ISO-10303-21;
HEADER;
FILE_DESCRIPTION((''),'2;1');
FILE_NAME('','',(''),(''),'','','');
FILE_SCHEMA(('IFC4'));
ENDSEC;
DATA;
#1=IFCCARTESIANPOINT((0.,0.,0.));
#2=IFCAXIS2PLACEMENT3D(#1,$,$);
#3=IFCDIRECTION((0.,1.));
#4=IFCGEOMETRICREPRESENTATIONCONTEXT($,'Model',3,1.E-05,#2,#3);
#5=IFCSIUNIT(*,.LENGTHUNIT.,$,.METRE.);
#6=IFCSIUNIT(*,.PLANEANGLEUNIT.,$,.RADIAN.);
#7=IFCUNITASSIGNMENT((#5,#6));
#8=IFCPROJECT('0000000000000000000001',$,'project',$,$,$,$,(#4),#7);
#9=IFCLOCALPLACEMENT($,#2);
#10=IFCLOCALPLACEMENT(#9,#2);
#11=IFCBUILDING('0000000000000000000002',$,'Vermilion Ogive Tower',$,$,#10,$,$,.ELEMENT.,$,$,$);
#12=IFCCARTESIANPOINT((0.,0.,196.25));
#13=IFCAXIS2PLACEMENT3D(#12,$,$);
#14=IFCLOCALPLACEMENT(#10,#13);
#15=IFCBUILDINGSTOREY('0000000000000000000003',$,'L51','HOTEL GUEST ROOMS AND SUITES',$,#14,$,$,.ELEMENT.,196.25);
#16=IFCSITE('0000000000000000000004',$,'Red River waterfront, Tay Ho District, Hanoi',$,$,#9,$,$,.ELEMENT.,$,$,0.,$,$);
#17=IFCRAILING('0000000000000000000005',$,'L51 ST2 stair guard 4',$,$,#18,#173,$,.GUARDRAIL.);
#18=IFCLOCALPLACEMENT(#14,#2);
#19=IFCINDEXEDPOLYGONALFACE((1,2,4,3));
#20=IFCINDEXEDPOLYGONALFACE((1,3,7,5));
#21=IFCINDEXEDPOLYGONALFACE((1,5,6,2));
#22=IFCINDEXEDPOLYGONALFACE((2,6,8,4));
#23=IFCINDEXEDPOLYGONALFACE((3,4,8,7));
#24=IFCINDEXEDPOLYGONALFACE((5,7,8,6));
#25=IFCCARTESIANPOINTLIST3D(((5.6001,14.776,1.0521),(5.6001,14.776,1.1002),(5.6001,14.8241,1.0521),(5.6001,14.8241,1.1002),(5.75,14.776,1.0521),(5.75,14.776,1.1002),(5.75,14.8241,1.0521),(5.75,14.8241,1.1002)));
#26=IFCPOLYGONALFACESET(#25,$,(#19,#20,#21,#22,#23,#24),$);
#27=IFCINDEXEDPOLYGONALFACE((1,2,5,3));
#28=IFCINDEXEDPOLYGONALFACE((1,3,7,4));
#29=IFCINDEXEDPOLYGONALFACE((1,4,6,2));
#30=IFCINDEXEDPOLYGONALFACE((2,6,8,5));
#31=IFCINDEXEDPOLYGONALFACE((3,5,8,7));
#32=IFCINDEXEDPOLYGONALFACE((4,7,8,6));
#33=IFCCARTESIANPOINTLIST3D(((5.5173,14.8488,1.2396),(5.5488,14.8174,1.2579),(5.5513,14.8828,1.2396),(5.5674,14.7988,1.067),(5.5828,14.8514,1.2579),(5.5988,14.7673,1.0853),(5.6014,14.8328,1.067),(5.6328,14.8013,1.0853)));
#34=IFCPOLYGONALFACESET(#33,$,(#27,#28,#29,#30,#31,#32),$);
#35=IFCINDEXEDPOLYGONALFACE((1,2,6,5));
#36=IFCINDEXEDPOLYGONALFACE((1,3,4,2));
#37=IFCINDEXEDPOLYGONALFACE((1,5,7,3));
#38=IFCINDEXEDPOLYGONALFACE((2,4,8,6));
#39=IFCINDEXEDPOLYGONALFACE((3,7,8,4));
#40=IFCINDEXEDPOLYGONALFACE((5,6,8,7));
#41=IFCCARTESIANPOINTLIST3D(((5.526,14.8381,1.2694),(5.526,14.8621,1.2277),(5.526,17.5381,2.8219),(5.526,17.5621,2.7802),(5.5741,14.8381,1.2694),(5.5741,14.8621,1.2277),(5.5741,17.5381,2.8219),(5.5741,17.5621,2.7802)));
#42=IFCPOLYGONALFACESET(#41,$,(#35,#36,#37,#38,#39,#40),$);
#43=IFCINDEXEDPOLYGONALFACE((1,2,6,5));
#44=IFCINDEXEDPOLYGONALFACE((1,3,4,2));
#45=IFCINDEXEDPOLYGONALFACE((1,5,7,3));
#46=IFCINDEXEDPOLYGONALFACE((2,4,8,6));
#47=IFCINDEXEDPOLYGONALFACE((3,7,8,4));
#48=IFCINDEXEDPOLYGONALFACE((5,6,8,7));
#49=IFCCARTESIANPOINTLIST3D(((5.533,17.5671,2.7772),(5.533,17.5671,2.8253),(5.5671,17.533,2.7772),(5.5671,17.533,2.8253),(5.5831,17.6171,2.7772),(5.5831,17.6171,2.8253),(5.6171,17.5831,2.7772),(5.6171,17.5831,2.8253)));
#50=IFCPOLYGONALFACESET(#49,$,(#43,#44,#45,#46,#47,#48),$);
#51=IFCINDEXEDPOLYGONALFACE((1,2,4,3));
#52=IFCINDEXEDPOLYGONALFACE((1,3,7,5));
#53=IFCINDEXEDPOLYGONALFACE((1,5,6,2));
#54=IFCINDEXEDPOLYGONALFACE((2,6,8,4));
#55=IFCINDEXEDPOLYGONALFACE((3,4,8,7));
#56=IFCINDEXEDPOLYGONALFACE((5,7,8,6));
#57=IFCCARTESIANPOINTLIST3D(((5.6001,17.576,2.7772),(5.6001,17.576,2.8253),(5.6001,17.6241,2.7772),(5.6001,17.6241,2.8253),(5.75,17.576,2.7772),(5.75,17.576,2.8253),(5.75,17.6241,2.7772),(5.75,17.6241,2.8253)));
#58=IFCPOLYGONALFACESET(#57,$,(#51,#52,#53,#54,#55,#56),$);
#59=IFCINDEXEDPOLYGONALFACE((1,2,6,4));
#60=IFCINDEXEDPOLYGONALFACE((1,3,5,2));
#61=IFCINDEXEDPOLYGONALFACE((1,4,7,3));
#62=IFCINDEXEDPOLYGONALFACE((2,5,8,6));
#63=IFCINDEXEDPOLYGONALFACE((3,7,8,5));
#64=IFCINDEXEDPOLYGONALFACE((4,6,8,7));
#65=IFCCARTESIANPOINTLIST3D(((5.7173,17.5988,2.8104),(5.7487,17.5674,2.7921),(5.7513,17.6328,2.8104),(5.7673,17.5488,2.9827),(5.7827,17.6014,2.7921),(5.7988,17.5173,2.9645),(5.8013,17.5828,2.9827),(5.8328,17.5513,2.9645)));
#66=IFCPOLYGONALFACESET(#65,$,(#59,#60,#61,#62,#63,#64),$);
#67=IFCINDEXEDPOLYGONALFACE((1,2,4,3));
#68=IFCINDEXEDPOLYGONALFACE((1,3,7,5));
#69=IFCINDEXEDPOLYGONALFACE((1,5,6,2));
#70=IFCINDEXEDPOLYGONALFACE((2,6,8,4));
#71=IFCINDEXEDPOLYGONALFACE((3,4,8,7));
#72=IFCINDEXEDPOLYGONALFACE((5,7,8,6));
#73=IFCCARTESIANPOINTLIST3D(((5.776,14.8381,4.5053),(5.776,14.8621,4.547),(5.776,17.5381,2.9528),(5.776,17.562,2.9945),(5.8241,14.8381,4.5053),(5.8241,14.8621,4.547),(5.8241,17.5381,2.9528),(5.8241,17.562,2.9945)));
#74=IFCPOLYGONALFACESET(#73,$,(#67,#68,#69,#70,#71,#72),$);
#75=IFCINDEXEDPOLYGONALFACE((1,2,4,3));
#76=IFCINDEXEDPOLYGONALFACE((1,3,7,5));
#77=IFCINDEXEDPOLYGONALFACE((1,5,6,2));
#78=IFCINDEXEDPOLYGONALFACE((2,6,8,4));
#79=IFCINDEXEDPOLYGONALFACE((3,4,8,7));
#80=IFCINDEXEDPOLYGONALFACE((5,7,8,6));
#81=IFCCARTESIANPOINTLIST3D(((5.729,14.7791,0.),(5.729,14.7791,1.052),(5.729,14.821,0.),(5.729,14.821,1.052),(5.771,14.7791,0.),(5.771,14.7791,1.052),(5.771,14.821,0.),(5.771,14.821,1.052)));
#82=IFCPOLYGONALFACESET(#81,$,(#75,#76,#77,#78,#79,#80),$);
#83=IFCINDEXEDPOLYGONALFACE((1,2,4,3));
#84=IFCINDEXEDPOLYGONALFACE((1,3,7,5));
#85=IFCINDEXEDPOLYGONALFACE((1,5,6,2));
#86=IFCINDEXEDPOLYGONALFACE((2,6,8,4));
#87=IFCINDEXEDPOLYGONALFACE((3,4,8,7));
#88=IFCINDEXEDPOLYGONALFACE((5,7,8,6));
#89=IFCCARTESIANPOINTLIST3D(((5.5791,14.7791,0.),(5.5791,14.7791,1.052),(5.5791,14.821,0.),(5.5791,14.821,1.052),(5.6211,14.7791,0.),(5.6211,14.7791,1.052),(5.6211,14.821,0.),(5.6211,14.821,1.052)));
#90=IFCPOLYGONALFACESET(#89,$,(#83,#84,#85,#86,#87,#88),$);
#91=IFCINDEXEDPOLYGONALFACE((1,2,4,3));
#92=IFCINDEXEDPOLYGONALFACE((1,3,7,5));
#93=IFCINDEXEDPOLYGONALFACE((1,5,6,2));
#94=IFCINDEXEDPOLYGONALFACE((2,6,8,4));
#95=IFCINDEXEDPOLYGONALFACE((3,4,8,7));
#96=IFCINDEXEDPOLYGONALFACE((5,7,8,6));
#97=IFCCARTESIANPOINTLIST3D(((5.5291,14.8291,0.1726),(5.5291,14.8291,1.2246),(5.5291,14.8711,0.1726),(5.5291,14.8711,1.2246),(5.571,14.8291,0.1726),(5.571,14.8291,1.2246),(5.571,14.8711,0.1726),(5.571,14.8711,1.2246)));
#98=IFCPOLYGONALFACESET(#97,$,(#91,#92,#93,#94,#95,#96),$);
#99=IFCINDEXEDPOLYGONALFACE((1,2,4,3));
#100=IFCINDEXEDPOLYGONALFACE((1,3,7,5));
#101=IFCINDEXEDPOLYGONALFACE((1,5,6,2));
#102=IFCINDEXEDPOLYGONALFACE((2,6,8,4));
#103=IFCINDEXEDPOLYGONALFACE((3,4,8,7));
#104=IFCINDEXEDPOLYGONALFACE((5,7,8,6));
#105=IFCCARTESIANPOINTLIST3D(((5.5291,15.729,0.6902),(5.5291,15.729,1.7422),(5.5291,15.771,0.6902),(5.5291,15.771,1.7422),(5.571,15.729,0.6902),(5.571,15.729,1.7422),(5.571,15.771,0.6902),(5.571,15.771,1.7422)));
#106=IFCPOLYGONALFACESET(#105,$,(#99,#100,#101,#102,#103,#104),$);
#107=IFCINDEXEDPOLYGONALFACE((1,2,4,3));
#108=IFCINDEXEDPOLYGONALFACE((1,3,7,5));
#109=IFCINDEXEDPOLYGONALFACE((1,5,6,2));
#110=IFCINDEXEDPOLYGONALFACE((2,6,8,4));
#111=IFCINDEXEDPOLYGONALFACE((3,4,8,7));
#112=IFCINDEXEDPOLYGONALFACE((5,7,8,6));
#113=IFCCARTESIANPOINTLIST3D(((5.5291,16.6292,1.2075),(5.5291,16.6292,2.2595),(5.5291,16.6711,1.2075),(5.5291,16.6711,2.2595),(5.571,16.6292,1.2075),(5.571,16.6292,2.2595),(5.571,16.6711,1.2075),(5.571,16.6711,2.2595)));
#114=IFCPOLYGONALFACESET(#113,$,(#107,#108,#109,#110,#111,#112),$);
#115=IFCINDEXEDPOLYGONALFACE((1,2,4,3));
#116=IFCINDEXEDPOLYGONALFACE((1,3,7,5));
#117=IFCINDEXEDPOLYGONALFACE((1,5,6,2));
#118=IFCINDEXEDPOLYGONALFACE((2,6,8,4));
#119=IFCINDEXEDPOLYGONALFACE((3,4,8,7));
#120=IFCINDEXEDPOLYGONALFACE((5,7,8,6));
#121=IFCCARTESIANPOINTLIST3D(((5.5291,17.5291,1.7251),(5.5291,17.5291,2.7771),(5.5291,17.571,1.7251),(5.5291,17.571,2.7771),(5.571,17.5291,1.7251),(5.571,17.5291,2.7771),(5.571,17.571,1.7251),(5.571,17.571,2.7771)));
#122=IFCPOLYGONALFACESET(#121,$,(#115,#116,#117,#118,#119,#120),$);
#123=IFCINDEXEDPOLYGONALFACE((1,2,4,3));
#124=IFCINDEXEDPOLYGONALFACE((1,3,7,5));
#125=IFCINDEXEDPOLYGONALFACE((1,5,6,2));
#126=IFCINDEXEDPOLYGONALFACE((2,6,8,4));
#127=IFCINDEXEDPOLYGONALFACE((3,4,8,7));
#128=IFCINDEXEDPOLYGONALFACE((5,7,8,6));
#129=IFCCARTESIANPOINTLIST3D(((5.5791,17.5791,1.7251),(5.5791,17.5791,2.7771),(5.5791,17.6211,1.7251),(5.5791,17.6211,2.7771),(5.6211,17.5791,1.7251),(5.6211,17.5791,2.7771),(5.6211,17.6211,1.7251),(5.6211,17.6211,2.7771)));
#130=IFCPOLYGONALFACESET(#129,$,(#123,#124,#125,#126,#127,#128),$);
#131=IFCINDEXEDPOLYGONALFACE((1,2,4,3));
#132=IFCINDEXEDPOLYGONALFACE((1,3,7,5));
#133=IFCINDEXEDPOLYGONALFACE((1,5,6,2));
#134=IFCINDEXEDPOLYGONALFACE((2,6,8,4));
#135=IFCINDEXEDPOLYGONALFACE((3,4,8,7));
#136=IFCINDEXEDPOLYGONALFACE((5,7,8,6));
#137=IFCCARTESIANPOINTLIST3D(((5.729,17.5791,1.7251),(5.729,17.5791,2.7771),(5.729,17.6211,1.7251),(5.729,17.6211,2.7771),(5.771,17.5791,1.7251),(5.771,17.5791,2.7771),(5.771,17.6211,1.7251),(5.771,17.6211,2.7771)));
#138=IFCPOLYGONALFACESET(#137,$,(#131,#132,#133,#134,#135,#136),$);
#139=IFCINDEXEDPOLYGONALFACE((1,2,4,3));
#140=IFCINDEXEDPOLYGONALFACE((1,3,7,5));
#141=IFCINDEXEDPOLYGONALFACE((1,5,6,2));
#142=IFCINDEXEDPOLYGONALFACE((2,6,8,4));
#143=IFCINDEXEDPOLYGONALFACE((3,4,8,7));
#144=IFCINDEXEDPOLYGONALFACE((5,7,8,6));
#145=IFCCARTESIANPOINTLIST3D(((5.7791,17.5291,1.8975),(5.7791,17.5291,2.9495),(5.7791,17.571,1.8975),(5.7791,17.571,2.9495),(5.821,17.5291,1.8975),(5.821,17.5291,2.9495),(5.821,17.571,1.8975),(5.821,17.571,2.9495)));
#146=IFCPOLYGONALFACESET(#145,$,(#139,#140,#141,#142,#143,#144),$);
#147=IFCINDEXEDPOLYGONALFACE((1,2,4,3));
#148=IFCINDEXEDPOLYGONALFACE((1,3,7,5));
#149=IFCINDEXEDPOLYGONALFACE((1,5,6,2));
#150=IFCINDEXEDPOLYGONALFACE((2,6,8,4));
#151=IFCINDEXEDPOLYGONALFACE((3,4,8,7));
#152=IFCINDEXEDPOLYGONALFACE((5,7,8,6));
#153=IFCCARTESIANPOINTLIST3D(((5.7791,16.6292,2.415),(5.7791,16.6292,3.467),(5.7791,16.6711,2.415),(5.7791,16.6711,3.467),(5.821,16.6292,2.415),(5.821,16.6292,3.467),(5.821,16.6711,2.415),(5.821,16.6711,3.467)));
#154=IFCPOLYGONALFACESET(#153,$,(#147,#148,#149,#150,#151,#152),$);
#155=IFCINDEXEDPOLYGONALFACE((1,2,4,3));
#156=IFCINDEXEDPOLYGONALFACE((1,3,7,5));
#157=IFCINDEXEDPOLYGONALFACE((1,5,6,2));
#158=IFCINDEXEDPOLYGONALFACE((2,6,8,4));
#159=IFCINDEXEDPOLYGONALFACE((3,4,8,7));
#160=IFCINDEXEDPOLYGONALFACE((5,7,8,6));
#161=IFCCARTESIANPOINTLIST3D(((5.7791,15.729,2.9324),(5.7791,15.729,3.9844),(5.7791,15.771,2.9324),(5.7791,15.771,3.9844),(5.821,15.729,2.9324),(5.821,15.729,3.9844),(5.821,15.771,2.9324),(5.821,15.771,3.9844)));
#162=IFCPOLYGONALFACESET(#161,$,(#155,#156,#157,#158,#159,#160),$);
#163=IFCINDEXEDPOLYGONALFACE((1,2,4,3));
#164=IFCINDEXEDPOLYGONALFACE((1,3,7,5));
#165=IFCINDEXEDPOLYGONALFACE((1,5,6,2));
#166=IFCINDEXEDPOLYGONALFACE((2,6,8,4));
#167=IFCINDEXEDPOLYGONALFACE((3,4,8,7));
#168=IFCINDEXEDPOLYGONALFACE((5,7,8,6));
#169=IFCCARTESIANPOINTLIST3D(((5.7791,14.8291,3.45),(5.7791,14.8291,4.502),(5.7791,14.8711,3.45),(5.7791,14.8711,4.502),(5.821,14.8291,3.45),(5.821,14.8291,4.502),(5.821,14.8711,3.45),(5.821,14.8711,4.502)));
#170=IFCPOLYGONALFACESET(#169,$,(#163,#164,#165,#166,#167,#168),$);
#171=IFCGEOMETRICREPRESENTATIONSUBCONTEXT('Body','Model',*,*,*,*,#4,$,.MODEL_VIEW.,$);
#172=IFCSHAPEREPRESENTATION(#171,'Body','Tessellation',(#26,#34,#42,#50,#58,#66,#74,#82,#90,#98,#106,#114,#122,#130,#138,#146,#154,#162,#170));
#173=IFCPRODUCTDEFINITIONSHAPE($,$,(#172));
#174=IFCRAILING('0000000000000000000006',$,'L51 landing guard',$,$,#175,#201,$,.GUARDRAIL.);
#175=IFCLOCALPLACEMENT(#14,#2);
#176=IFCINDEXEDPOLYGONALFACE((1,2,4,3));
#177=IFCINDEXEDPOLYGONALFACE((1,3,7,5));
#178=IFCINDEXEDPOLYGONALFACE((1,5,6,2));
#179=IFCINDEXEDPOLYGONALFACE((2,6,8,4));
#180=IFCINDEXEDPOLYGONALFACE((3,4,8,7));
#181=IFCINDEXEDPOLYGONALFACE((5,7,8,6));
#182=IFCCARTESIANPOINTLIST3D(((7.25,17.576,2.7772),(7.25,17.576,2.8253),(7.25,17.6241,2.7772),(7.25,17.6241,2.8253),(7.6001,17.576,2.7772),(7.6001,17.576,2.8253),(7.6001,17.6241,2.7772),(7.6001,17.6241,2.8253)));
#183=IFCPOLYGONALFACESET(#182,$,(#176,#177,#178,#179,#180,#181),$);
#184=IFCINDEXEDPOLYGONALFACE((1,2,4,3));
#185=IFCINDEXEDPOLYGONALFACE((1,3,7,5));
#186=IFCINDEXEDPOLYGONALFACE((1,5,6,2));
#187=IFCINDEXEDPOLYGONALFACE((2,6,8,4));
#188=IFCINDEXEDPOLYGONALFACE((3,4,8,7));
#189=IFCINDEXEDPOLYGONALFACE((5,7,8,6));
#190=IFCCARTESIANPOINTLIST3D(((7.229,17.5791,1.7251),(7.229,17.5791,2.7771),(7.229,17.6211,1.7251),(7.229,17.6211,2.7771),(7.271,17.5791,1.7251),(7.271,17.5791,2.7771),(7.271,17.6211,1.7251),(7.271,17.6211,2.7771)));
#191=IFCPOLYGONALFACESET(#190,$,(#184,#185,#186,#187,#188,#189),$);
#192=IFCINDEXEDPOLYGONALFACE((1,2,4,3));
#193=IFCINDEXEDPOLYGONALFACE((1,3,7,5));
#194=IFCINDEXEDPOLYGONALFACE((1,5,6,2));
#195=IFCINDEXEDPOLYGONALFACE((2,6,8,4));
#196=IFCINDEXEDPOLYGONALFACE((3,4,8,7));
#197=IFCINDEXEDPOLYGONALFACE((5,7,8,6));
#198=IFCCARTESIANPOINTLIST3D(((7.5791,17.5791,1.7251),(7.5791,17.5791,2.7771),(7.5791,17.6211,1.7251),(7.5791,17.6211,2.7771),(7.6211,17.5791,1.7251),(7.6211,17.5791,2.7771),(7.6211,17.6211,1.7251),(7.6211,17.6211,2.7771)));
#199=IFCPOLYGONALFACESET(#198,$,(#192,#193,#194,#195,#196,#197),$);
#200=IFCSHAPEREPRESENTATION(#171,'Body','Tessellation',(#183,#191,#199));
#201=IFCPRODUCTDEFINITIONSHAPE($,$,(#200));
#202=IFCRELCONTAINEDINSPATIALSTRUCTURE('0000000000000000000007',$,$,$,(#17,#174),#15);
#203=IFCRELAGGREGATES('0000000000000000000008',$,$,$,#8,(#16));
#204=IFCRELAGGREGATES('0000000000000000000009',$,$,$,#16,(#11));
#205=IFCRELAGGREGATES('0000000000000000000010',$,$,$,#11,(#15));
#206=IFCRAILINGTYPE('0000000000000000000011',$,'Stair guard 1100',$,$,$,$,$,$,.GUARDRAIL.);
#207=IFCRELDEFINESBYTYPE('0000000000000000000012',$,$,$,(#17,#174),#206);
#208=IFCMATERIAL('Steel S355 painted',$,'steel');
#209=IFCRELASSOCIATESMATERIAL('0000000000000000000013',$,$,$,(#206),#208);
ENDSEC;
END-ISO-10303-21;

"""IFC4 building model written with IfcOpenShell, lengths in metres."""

from ifc_helpers import new_model, si_unit, direction, frame, origin, origin_2d, place, context, subcontext, project, spatial, rectangle, extrude, material, type_object, element, save


model = new_model("IFC4")

# Units and contexts
model_context = context("Model", 3, precision=1e-05, world=origin(), true_north=direction((0.0, 1.0)))
body_context = subcontext(model_context, "Body", "Model", "MODEL_VIEW")
ifc_project = project(units=[si_unit("LENGTHUNIT", "METRE"), si_unit("PLANEANGLEUNIT", "RADIAN")], contexts=[model_context])

# Site, building, storey
site_placement = place(None, origin())
site = spatial("IfcSite", under=ifc_project, at=site_placement, Name="Red River waterfront, Tay Ho District, Hanoi", CompositionType="ELEMENT", RefElevation=0.0)
building_placement = place(site_placement, origin())
building = spatial("IfcBuilding", under=site, at=building_placement, Name="Vermilion Ogive Tower", CompositionType="ELEMENT")
storey_placement = place(building_placement, frame((0.0, 0.0, 196.25)))
storey = spatial("IfcBuildingStorey", under=building, at=storey_placement, Name="L51", Description="HOTEL GUEST ROOMS AND SUITES", CompositionType="ELEMENT", Elevation=196.25)

# Railings
ifc_material_1 = material(Name="Steel S355 painted", Category="steel")
railing_type_1 = type_object("IfcRailingType", Name="Stair guard 1100", PredefinedType="GUARDRAIL", material=ifc_material_1)
railing_1_placement = place(storey_placement, frame((5.75, 14.8, 0.0)))
element("IfcRailing", 1, at=railing_1_placement, inside=storey, type_object=railing_type_1, Name="L51 ST2 stair guard 4", PredefinedType="GUARDRAIL", context=body_context, shape_type="SweptSolid", body=[
    extrude(rectangle(XDim=0.0481, YDim=0.0481, at=origin_2d()), frame((0.0, 0.0, 1.0762), z_axis=(-1.0, 0.0, 0.0), x_axis=(0.0, -1.0, 0.0)), (0.0, 0.0, 1.0), 0.1499),
    extrude(rectangle(XDim=0.0481, YDim=0.0481, at=origin_2d()), frame((-0.1499, 0.0, 1.0762), z_axis=(-0.268278, 0.268278, 0.925232), x_axis=(-0.707107, -0.707107, 0.0)), (0.0, 0.0, 1.0), 0.1865),
    extrude(rectangle(XDim=0.0481, YDim=0.0481, at=origin_2d()), frame((-0.2, 0.05, 1.2485), z_axis=(0.0, 0.866904, 0.498476), x_axis=(-1.0, 0.0, 0.0)), (0.0, 0.0, 1.0), 3.1145),
    extrude(rectangle(XDim=0.0481, YDim=0.0481, at=origin_2d()), frame((-0.2, 2.75, 2.8013), z_axis=(0.707107, 0.707107, 0.0), x_axis=(-0.707107, 0.707107, 0.0)), (0.0, 0.0, 1.0), 0.0708),
    extrude(rectangle(XDim=0.0481, YDim=0.0481, at=origin_2d()), frame((-0.1499, 2.8, 2.8013), z_axis=(1.0, 0.0, 0.0), x_axis=(0.0, 1.0, 0.0)), (0.0, 0.0, 1.0), 0.1499),
    extrude(rectangle(XDim=0.0481, YDim=0.0481, at=origin_2d()), frame((0.0, 2.8, 2.8013), z_axis=(0.268603, -0.268603, 0.925043), x_axis=(0.707107, 0.707107, 0.0)), (0.0, 0.0, 1.0), 0.1863),
    extrude(rectangle(XDim=0.0481, YDim=0.0481, at=origin_2d()), frame((0.05, 2.75, 2.9736), z_axis=(0.0, -0.866904, 0.498476), x_axis=(1.0, 0.0, 0.0)), (0.0, 0.0, 1.0), 3.1145),
    extrude(rectangle(XDim=0.042, YDim=0.042, at=origin_2d()), origin(), (0.0, 0.0, 1.0), 1.052),
    extrude(rectangle(XDim=0.042, YDim=0.042, at=origin_2d()), frame((-0.1499, 0.0, 0.0)), (0.0, 0.0, 1.0), 1.052),
    extrude(rectangle(XDim=0.042, YDim=0.042, at=origin_2d()), frame((-0.2, 0.05, 0.1726)), (0.0, 0.0, 1.0), 1.052),
    extrude(rectangle(XDim=0.042, YDim=0.042, at=origin_2d()), frame((-0.2, 0.95, 0.6902)), (0.0, 0.0, 1.0), 1.052),
    extrude(rectangle(XDim=0.042, YDim=0.042, at=origin_2d()), frame((-0.2, 1.8501, 1.2075)), (0.0, 0.0, 1.0), 1.052),
    extrude(rectangle(XDim=0.042, YDim=0.042, at=origin_2d()), frame((-0.2, 2.75, 1.7251)), (0.0, 0.0, 1.0), 1.052),
    extrude(rectangle(XDim=0.042, YDim=0.042, at=origin_2d()), frame((-0.1499, 2.8, 1.7251)), (0.0, 0.0, 1.0), 1.052),
    extrude(rectangle(XDim=0.042, YDim=0.042, at=origin_2d()), frame((0.0, 2.8, 1.7251)), (0.0, 0.0, 1.0), 1.052),
    extrude(rectangle(XDim=0.042, YDim=0.042, at=origin_2d()), frame((0.05, 2.75, 1.8975)), (0.0, 0.0, 1.0), 1.052),
    extrude(rectangle(XDim=0.042, YDim=0.042, at=origin_2d()), frame((0.05, 1.8501, 2.415)), (0.0, 0.0, 1.0), 1.052),
    extrude(rectangle(XDim=0.042, YDim=0.042, at=origin_2d()), frame((0.05, 0.95, 2.9324)), (0.0, 0.0, 1.0), 1.052),
    extrude(rectangle(XDim=0.042, YDim=0.042, at=origin_2d()), frame((0.05, 0.05, 3.45)), (0.0, 0.0, 1.0), 1.052),
])
railing_2_placement = place(storey_placement, frame((7.25, 17.6001, 1.7251)))
element("IfcRailing", 2, at=railing_2_placement, inside=storey, type_object=railing_type_1, Name="L51 landing guard", PredefinedType="GUARDRAIL", context=body_context, shape_type="SweptSolid", body=[
    extrude(rectangle(XDim=0.0481, YDim=0.0481, at=origin_2d()), frame((0.0, 0.0, 1.0762), z_axis=(1.0, 0.0, 0.0), x_axis=(0.0, 1.0, 0.0)), (0.0, 0.0, 1.0), 0.3501),
    extrude(rectangle(XDim=0.042, YDim=0.042, at=origin_2d()), origin(), (0.0, 0.0, 1.0), 1.052),
    extrude(rectangle(XDim=0.042, YDim=0.042, at=origin_2d()), frame((0.3501, 0.0, 0.0)), (0.0, 0.0, 1.0), 1.052),
])

save(model, "model.ifc")
